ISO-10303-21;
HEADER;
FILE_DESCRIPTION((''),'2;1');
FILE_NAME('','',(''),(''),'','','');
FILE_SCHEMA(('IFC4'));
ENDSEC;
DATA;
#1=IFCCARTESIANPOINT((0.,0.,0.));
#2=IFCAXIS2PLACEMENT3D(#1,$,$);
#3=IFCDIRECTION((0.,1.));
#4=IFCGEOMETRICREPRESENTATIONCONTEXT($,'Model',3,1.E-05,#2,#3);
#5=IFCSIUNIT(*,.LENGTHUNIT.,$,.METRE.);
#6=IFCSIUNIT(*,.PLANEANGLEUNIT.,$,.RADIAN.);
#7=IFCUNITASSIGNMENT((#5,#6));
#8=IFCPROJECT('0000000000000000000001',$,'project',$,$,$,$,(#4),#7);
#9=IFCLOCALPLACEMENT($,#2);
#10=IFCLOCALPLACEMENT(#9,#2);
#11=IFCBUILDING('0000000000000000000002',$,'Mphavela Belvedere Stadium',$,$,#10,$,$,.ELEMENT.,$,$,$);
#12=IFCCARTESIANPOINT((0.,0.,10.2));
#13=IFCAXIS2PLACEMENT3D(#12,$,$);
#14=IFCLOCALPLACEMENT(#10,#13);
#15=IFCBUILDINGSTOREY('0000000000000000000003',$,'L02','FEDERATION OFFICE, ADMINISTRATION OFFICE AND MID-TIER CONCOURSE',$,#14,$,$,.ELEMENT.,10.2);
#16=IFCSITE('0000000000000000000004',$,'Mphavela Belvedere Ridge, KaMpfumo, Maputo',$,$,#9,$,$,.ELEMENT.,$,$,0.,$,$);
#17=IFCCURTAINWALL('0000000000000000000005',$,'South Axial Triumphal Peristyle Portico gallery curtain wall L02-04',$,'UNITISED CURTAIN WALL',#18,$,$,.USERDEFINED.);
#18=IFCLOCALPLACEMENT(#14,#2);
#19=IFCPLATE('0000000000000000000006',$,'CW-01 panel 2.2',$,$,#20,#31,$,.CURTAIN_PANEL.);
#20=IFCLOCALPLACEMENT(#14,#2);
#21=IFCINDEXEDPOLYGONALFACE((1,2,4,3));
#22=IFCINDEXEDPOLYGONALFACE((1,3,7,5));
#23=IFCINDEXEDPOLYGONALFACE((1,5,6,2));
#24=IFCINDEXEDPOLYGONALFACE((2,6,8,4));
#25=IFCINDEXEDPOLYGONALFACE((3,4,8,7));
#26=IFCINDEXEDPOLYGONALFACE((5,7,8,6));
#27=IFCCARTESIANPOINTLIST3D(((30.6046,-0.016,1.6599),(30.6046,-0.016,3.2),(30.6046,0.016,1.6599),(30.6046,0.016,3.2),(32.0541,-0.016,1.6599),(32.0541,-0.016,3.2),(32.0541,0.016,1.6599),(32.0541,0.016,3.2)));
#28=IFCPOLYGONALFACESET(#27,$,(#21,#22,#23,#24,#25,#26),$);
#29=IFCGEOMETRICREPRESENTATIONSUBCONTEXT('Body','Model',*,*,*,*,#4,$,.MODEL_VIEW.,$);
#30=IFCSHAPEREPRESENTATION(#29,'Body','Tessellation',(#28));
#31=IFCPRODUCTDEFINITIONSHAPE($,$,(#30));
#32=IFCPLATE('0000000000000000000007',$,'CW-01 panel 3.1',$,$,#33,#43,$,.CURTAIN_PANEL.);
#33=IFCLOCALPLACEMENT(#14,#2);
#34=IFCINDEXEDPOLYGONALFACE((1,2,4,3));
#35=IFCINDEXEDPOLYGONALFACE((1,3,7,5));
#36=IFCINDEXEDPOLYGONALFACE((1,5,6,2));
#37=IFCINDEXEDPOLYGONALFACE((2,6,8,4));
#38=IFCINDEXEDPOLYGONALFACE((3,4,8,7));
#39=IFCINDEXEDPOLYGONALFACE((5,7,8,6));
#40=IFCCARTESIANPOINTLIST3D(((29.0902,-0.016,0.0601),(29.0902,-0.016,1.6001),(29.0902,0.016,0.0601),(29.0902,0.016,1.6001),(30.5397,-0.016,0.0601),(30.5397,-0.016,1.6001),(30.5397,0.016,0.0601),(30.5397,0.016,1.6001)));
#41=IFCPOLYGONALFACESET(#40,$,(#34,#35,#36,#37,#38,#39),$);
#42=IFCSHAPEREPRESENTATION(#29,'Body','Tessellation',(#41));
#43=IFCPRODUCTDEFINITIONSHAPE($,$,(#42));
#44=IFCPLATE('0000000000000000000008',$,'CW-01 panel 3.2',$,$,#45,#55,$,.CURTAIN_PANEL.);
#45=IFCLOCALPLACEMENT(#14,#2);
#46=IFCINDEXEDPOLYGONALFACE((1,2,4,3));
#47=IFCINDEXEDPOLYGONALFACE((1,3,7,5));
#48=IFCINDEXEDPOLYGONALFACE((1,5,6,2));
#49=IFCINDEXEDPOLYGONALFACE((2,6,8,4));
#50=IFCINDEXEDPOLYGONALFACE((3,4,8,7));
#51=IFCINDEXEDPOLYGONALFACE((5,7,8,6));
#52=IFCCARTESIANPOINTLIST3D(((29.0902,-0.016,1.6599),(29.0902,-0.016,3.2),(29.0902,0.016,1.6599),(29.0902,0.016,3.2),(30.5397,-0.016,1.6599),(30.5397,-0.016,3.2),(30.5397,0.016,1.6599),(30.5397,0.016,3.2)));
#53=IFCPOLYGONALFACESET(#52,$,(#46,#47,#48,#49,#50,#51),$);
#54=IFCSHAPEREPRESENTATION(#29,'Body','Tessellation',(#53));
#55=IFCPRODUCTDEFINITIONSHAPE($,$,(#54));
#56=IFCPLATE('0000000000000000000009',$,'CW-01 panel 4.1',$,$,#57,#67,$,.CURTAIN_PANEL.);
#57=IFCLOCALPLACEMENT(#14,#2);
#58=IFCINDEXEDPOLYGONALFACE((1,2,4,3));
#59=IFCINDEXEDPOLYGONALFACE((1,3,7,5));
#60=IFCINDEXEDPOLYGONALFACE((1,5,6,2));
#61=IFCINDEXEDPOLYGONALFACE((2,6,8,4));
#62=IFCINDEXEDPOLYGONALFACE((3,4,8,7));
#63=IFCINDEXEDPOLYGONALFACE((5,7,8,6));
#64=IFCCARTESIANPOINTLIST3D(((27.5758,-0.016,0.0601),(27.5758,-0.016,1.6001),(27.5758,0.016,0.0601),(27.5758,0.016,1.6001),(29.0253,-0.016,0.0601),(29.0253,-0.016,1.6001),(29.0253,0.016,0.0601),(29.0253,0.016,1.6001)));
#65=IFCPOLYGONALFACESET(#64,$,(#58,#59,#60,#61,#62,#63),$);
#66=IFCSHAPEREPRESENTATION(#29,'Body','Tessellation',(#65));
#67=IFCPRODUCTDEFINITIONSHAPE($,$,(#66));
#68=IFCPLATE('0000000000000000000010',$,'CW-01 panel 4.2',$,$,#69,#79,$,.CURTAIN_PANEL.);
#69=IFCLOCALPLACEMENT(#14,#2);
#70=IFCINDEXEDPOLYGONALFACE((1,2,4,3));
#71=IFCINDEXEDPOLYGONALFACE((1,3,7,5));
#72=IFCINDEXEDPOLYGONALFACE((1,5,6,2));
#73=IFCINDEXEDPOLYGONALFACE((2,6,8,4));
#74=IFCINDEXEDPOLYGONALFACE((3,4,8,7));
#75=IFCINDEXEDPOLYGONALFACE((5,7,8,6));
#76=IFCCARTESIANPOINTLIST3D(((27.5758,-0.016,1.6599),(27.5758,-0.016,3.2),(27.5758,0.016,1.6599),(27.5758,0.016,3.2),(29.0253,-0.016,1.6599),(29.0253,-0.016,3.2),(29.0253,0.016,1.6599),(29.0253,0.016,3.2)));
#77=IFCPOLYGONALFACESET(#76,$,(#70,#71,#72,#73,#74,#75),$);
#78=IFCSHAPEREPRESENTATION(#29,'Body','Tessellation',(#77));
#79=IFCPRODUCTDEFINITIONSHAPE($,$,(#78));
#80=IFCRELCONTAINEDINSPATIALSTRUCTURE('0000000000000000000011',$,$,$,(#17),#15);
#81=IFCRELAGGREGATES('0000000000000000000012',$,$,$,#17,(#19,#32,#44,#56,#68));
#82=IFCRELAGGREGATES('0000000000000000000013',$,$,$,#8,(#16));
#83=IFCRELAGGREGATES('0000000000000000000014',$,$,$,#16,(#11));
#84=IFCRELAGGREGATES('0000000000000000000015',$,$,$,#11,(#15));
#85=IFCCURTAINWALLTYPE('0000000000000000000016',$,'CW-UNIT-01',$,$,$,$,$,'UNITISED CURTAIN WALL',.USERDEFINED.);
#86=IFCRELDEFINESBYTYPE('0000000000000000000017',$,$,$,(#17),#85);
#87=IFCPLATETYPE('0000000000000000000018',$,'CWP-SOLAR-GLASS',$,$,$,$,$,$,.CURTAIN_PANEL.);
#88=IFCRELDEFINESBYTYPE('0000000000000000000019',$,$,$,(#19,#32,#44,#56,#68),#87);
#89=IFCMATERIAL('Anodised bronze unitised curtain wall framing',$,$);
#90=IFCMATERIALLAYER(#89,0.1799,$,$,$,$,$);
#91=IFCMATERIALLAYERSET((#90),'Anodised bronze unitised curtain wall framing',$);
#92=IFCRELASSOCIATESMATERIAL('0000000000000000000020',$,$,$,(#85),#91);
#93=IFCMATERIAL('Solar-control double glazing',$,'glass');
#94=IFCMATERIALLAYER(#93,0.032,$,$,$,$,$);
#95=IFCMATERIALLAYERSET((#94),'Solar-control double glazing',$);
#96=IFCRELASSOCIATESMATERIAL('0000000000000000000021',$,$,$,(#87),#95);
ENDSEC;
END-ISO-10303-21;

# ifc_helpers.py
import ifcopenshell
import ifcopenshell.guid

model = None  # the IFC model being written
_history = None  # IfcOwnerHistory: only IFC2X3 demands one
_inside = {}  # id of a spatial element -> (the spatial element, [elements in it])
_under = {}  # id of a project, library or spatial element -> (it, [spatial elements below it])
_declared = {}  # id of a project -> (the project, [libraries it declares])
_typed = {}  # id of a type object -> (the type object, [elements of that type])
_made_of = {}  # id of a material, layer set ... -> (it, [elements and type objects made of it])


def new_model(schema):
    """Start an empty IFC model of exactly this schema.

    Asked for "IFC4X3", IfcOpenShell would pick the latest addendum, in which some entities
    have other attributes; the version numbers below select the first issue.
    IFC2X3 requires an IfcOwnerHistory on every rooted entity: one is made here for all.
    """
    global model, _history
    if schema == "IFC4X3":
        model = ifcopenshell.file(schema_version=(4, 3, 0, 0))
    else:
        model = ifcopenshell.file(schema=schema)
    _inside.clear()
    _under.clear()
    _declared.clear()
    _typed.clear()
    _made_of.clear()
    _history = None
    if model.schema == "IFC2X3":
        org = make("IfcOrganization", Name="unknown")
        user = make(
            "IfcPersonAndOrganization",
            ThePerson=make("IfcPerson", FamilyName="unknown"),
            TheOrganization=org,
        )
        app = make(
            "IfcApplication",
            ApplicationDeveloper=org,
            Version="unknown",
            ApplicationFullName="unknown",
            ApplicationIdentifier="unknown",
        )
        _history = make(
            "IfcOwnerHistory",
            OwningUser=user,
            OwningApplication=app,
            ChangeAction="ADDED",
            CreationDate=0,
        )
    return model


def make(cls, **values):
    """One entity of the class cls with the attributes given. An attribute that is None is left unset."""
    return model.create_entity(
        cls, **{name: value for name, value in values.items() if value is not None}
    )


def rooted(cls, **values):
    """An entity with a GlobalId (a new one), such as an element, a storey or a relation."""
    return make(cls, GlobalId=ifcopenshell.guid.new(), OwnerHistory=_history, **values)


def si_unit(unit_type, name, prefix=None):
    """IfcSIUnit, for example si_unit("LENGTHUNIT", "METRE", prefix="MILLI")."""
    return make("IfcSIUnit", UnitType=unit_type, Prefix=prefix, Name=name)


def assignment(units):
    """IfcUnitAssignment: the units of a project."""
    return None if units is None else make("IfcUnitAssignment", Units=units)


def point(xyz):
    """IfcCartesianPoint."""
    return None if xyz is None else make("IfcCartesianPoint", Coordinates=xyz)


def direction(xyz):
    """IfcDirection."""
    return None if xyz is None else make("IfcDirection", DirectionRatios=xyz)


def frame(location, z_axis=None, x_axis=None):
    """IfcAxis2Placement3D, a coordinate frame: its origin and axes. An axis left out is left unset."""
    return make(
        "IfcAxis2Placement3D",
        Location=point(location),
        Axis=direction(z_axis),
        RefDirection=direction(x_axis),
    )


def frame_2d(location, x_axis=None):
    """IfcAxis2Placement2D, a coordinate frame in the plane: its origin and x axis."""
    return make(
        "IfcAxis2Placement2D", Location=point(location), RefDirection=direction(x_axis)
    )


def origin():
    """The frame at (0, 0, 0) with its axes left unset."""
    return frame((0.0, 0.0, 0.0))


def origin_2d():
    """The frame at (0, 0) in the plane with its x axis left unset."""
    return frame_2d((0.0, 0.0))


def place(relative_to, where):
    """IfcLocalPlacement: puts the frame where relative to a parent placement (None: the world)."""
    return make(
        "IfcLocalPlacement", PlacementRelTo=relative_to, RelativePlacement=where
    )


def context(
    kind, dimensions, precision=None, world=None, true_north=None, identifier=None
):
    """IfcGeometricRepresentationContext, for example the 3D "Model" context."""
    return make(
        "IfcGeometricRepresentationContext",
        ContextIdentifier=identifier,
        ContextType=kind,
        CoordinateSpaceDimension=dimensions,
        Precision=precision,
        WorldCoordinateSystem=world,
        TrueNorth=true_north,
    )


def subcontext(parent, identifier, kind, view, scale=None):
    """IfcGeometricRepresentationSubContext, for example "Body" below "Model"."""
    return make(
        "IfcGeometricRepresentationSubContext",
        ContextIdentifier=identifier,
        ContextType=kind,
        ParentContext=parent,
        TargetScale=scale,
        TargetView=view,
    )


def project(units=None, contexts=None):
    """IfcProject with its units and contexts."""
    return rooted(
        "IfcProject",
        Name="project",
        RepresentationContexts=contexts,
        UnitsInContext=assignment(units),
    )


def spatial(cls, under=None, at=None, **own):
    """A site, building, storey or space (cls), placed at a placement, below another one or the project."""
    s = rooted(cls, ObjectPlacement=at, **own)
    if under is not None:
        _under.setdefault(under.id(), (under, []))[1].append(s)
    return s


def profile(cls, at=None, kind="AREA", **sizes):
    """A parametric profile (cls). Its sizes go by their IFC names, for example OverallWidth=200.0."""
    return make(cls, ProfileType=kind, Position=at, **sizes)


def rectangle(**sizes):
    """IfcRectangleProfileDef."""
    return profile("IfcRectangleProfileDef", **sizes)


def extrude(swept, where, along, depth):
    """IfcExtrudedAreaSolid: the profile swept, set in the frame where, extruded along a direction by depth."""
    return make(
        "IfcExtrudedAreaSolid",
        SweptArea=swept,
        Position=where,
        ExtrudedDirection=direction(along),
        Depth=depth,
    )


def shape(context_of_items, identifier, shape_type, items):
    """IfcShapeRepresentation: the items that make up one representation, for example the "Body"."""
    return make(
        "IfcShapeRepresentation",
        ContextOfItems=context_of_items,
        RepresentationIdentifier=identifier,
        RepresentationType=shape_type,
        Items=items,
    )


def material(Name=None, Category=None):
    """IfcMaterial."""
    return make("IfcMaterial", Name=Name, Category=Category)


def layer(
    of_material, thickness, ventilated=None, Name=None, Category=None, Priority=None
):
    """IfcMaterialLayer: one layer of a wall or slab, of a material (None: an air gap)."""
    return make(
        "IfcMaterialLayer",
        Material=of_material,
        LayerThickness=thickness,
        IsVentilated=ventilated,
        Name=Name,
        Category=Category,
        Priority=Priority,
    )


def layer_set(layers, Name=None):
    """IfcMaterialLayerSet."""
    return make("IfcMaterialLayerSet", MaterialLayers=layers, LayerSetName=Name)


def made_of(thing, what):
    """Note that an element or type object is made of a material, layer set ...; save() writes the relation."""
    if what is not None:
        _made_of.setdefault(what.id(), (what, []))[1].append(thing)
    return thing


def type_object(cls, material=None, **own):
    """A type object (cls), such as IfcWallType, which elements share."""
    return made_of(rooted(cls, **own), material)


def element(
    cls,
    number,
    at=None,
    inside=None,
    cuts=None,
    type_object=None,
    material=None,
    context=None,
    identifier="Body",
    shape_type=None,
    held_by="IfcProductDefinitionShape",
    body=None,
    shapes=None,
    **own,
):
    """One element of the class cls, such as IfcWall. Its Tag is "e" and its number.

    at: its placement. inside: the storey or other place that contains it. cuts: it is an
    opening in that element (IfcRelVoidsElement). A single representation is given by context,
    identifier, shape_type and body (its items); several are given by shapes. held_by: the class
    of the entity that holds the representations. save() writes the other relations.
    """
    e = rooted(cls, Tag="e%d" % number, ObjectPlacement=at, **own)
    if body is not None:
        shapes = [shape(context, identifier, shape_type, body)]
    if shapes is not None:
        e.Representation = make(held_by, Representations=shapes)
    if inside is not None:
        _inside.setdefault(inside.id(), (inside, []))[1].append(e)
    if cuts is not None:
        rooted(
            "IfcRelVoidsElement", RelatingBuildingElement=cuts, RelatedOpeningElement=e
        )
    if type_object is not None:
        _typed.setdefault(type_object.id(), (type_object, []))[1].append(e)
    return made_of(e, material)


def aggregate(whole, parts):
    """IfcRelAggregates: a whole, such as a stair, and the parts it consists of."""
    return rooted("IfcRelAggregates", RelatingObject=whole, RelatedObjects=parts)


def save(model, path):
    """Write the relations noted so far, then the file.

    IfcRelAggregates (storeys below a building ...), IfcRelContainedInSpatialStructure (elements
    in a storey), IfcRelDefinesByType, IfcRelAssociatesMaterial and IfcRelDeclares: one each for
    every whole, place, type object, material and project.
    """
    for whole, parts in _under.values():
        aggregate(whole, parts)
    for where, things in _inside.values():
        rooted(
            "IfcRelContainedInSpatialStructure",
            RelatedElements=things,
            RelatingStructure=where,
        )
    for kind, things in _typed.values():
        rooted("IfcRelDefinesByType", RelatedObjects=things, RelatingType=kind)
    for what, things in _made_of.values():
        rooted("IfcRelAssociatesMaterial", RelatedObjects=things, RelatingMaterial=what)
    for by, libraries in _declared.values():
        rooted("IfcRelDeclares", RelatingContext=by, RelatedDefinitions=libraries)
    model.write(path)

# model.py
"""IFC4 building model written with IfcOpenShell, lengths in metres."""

from ifc_helpers import new_model, si_unit, direction, frame, origin, origin_2d, place, context, subcontext, project, spatial, rectangle, extrude, material, layer, layer_set, type_object, element, aggregate, save


model = new_model("IFC4")

# Units and contexts
model_context = context("Model", 3, precision=1e-05, world=origin(), true_north=direction((0.0, 1.0)))
body_context = subcontext(model_context, "Body", "Model", "MODEL_VIEW")
ifc_project = project(units=[si_unit("LENGTHUNIT", "METRE"), si_unit("PLANEANGLEUNIT", "RADIAN")], contexts=[model_context])

# Site, building, storey
site_placement = place(None, origin())
site = spatial("IfcSite", under=ifc_project, at=site_placement, Name="Mphavela Belvedere Ridge, KaMpfumo, Maputo", CompositionType="ELEMENT", RefElevation=0.0)
building_placement = place(site_placement, origin())
building = spatial("IfcBuilding", under=site, at=building_placement, Name="Mphavela Belvedere Stadium", CompositionType="ELEMENT")
storey_placement = place(building_placement, frame((0.0, 0.0, 10.2)))
storey = spatial("IfcBuildingStorey", under=building, at=storey_placement, Name="L02", Description="FEDERATION OFFICE, ADMINISTRATION OFFICE AND MID-TIER CONCOURSE", CompositionType="ELEMENT", Elevation=10.2)

# Curtain wall, plates
ifc_material_1 = material(Name="Anodised bronze unitised curtain wall framing")
ifc_layer_1 = layer(ifc_material_1, 0.1799)
ifc_layer_set_1 = layer_set([ifc_layer_1], Name="Anodised bronze unitised curtain wall framing")
curtain_wall_type = type_object("IfcCurtainWallType", Name="CW-UNIT-01", ElementType="UNITISED CURTAIN WALL", PredefinedType="USERDEFINED", material=ifc_layer_set_1)
curtain_wall_placement = place(storey_placement, origin())
curtain_wall = element("IfcCurtainWall", 1, at=curtain_wall_placement, inside=storey, type_object=curtain_wall_type, Name="South Axial Triumphal Peristyle Portico gallery curtain wall L02-04", ObjectType="UNITISED CURTAIN WALL", PredefinedType="USERDEFINED")
ifc_material_2 = material(Name="Solar-control double glazing", Category="glass")
ifc_layer_2 = layer(ifc_material_2, 0.032)
ifc_layer_set_2 = layer_set([ifc_layer_2], Name="Solar-control double glazing")
plate_type = type_object("IfcPlateType", Name="CWP-SOLAR-GLASS", PredefinedType="CURTAIN_PANEL", material=ifc_layer_set_2)
plate_1_placement = place(storey_placement, frame((31.3293, 0.0, 1.6599), z_axis=(0.0, 0.0, 1.0), x_axis=(-1.0, 0.0, 0.0)))
plate_1 = element("IfcPlate", 2, at=plate_1_placement, type_object=plate_type, Name="CW-01 panel 2.2", PredefinedType="CURTAIN_PANEL", context=body_context, shape_type="SweptSolid", body=[
    extrude(rectangle(XDim=1.4495, YDim=0.032, at=origin_2d()), origin(), (0.0, 0.0, 1.0), 1.54),
])
plate_2_placement = place(storey_placement, frame((29.8149, 0.0, 0.0601), z_axis=(0.0, 0.0, 1.0), x_axis=(-1.0, 0.0, 0.0)))
plate_2 = element("IfcPlate", 3, at=plate_2_placement, type_object=plate_type, Name="CW-01 panel 3.1", PredefinedType="CURTAIN_PANEL", context=body_context, shape_type="SweptSolid", body=[
    extrude(rectangle(XDim=1.4495, YDim=0.032, at=origin_2d()), origin(), (0.0, 0.0, 1.0), 1.54),
])
plate_3_placement = place(storey_placement, frame((29.8149, 0.0, 1.6599), z_axis=(0.0, 0.0, 1.0), x_axis=(-1.0, 0.0, 0.0)))
plate_3 = element("IfcPlate", 4, at=plate_3_placement, type_object=plate_type, Name="CW-01 panel 3.2", PredefinedType="CURTAIN_PANEL", context=body_context, shape_type="SweptSolid", body=[
    extrude(rectangle(XDim=1.4495, YDim=0.032, at=origin_2d()), origin(), (0.0, 0.0, 1.0), 1.54),
])
plate_4_placement = place(storey_placement, frame((28.3005, 0.0, 0.0601), z_axis=(0.0, 0.0, 1.0), x_axis=(-1.0, 0.0, 0.0)))
plate_4 = element("IfcPlate", 5, at=plate_4_placement, type_object=plate_type, Name="CW-01 panel 4.1", PredefinedType="CURTAIN_PANEL", context=body_context, shape_type="SweptSolid", body=[
    extrude(rectangle(XDim=1.4495, YDim=0.032, at=origin_2d()), origin(), (0.0, 0.0, 1.0), 1.54),
])
plate_5_placement = place(storey_placement, frame((28.3005, 0.0, 1.6599), z_axis=(0.0, 0.0, 1.0), x_axis=(-1.0, 0.0, 0.0)))
plate_5 = element("IfcPlate", 6, at=plate_5_placement, type_object=plate_type, Name="CW-01 panel 4.2", PredefinedType="CURTAIN_PANEL", context=body_context, shape_type="SweptSolid", body=[
    extrude(rectangle(XDim=1.4495, YDim=0.032, at=origin_2d()), origin(), (0.0, 0.0, 1.0), 1.54),
])
aggregate(curtain_wall, [plate_1, plate_2, plate_3, plate_4, plate_5])

save(model, "model.ifc")
